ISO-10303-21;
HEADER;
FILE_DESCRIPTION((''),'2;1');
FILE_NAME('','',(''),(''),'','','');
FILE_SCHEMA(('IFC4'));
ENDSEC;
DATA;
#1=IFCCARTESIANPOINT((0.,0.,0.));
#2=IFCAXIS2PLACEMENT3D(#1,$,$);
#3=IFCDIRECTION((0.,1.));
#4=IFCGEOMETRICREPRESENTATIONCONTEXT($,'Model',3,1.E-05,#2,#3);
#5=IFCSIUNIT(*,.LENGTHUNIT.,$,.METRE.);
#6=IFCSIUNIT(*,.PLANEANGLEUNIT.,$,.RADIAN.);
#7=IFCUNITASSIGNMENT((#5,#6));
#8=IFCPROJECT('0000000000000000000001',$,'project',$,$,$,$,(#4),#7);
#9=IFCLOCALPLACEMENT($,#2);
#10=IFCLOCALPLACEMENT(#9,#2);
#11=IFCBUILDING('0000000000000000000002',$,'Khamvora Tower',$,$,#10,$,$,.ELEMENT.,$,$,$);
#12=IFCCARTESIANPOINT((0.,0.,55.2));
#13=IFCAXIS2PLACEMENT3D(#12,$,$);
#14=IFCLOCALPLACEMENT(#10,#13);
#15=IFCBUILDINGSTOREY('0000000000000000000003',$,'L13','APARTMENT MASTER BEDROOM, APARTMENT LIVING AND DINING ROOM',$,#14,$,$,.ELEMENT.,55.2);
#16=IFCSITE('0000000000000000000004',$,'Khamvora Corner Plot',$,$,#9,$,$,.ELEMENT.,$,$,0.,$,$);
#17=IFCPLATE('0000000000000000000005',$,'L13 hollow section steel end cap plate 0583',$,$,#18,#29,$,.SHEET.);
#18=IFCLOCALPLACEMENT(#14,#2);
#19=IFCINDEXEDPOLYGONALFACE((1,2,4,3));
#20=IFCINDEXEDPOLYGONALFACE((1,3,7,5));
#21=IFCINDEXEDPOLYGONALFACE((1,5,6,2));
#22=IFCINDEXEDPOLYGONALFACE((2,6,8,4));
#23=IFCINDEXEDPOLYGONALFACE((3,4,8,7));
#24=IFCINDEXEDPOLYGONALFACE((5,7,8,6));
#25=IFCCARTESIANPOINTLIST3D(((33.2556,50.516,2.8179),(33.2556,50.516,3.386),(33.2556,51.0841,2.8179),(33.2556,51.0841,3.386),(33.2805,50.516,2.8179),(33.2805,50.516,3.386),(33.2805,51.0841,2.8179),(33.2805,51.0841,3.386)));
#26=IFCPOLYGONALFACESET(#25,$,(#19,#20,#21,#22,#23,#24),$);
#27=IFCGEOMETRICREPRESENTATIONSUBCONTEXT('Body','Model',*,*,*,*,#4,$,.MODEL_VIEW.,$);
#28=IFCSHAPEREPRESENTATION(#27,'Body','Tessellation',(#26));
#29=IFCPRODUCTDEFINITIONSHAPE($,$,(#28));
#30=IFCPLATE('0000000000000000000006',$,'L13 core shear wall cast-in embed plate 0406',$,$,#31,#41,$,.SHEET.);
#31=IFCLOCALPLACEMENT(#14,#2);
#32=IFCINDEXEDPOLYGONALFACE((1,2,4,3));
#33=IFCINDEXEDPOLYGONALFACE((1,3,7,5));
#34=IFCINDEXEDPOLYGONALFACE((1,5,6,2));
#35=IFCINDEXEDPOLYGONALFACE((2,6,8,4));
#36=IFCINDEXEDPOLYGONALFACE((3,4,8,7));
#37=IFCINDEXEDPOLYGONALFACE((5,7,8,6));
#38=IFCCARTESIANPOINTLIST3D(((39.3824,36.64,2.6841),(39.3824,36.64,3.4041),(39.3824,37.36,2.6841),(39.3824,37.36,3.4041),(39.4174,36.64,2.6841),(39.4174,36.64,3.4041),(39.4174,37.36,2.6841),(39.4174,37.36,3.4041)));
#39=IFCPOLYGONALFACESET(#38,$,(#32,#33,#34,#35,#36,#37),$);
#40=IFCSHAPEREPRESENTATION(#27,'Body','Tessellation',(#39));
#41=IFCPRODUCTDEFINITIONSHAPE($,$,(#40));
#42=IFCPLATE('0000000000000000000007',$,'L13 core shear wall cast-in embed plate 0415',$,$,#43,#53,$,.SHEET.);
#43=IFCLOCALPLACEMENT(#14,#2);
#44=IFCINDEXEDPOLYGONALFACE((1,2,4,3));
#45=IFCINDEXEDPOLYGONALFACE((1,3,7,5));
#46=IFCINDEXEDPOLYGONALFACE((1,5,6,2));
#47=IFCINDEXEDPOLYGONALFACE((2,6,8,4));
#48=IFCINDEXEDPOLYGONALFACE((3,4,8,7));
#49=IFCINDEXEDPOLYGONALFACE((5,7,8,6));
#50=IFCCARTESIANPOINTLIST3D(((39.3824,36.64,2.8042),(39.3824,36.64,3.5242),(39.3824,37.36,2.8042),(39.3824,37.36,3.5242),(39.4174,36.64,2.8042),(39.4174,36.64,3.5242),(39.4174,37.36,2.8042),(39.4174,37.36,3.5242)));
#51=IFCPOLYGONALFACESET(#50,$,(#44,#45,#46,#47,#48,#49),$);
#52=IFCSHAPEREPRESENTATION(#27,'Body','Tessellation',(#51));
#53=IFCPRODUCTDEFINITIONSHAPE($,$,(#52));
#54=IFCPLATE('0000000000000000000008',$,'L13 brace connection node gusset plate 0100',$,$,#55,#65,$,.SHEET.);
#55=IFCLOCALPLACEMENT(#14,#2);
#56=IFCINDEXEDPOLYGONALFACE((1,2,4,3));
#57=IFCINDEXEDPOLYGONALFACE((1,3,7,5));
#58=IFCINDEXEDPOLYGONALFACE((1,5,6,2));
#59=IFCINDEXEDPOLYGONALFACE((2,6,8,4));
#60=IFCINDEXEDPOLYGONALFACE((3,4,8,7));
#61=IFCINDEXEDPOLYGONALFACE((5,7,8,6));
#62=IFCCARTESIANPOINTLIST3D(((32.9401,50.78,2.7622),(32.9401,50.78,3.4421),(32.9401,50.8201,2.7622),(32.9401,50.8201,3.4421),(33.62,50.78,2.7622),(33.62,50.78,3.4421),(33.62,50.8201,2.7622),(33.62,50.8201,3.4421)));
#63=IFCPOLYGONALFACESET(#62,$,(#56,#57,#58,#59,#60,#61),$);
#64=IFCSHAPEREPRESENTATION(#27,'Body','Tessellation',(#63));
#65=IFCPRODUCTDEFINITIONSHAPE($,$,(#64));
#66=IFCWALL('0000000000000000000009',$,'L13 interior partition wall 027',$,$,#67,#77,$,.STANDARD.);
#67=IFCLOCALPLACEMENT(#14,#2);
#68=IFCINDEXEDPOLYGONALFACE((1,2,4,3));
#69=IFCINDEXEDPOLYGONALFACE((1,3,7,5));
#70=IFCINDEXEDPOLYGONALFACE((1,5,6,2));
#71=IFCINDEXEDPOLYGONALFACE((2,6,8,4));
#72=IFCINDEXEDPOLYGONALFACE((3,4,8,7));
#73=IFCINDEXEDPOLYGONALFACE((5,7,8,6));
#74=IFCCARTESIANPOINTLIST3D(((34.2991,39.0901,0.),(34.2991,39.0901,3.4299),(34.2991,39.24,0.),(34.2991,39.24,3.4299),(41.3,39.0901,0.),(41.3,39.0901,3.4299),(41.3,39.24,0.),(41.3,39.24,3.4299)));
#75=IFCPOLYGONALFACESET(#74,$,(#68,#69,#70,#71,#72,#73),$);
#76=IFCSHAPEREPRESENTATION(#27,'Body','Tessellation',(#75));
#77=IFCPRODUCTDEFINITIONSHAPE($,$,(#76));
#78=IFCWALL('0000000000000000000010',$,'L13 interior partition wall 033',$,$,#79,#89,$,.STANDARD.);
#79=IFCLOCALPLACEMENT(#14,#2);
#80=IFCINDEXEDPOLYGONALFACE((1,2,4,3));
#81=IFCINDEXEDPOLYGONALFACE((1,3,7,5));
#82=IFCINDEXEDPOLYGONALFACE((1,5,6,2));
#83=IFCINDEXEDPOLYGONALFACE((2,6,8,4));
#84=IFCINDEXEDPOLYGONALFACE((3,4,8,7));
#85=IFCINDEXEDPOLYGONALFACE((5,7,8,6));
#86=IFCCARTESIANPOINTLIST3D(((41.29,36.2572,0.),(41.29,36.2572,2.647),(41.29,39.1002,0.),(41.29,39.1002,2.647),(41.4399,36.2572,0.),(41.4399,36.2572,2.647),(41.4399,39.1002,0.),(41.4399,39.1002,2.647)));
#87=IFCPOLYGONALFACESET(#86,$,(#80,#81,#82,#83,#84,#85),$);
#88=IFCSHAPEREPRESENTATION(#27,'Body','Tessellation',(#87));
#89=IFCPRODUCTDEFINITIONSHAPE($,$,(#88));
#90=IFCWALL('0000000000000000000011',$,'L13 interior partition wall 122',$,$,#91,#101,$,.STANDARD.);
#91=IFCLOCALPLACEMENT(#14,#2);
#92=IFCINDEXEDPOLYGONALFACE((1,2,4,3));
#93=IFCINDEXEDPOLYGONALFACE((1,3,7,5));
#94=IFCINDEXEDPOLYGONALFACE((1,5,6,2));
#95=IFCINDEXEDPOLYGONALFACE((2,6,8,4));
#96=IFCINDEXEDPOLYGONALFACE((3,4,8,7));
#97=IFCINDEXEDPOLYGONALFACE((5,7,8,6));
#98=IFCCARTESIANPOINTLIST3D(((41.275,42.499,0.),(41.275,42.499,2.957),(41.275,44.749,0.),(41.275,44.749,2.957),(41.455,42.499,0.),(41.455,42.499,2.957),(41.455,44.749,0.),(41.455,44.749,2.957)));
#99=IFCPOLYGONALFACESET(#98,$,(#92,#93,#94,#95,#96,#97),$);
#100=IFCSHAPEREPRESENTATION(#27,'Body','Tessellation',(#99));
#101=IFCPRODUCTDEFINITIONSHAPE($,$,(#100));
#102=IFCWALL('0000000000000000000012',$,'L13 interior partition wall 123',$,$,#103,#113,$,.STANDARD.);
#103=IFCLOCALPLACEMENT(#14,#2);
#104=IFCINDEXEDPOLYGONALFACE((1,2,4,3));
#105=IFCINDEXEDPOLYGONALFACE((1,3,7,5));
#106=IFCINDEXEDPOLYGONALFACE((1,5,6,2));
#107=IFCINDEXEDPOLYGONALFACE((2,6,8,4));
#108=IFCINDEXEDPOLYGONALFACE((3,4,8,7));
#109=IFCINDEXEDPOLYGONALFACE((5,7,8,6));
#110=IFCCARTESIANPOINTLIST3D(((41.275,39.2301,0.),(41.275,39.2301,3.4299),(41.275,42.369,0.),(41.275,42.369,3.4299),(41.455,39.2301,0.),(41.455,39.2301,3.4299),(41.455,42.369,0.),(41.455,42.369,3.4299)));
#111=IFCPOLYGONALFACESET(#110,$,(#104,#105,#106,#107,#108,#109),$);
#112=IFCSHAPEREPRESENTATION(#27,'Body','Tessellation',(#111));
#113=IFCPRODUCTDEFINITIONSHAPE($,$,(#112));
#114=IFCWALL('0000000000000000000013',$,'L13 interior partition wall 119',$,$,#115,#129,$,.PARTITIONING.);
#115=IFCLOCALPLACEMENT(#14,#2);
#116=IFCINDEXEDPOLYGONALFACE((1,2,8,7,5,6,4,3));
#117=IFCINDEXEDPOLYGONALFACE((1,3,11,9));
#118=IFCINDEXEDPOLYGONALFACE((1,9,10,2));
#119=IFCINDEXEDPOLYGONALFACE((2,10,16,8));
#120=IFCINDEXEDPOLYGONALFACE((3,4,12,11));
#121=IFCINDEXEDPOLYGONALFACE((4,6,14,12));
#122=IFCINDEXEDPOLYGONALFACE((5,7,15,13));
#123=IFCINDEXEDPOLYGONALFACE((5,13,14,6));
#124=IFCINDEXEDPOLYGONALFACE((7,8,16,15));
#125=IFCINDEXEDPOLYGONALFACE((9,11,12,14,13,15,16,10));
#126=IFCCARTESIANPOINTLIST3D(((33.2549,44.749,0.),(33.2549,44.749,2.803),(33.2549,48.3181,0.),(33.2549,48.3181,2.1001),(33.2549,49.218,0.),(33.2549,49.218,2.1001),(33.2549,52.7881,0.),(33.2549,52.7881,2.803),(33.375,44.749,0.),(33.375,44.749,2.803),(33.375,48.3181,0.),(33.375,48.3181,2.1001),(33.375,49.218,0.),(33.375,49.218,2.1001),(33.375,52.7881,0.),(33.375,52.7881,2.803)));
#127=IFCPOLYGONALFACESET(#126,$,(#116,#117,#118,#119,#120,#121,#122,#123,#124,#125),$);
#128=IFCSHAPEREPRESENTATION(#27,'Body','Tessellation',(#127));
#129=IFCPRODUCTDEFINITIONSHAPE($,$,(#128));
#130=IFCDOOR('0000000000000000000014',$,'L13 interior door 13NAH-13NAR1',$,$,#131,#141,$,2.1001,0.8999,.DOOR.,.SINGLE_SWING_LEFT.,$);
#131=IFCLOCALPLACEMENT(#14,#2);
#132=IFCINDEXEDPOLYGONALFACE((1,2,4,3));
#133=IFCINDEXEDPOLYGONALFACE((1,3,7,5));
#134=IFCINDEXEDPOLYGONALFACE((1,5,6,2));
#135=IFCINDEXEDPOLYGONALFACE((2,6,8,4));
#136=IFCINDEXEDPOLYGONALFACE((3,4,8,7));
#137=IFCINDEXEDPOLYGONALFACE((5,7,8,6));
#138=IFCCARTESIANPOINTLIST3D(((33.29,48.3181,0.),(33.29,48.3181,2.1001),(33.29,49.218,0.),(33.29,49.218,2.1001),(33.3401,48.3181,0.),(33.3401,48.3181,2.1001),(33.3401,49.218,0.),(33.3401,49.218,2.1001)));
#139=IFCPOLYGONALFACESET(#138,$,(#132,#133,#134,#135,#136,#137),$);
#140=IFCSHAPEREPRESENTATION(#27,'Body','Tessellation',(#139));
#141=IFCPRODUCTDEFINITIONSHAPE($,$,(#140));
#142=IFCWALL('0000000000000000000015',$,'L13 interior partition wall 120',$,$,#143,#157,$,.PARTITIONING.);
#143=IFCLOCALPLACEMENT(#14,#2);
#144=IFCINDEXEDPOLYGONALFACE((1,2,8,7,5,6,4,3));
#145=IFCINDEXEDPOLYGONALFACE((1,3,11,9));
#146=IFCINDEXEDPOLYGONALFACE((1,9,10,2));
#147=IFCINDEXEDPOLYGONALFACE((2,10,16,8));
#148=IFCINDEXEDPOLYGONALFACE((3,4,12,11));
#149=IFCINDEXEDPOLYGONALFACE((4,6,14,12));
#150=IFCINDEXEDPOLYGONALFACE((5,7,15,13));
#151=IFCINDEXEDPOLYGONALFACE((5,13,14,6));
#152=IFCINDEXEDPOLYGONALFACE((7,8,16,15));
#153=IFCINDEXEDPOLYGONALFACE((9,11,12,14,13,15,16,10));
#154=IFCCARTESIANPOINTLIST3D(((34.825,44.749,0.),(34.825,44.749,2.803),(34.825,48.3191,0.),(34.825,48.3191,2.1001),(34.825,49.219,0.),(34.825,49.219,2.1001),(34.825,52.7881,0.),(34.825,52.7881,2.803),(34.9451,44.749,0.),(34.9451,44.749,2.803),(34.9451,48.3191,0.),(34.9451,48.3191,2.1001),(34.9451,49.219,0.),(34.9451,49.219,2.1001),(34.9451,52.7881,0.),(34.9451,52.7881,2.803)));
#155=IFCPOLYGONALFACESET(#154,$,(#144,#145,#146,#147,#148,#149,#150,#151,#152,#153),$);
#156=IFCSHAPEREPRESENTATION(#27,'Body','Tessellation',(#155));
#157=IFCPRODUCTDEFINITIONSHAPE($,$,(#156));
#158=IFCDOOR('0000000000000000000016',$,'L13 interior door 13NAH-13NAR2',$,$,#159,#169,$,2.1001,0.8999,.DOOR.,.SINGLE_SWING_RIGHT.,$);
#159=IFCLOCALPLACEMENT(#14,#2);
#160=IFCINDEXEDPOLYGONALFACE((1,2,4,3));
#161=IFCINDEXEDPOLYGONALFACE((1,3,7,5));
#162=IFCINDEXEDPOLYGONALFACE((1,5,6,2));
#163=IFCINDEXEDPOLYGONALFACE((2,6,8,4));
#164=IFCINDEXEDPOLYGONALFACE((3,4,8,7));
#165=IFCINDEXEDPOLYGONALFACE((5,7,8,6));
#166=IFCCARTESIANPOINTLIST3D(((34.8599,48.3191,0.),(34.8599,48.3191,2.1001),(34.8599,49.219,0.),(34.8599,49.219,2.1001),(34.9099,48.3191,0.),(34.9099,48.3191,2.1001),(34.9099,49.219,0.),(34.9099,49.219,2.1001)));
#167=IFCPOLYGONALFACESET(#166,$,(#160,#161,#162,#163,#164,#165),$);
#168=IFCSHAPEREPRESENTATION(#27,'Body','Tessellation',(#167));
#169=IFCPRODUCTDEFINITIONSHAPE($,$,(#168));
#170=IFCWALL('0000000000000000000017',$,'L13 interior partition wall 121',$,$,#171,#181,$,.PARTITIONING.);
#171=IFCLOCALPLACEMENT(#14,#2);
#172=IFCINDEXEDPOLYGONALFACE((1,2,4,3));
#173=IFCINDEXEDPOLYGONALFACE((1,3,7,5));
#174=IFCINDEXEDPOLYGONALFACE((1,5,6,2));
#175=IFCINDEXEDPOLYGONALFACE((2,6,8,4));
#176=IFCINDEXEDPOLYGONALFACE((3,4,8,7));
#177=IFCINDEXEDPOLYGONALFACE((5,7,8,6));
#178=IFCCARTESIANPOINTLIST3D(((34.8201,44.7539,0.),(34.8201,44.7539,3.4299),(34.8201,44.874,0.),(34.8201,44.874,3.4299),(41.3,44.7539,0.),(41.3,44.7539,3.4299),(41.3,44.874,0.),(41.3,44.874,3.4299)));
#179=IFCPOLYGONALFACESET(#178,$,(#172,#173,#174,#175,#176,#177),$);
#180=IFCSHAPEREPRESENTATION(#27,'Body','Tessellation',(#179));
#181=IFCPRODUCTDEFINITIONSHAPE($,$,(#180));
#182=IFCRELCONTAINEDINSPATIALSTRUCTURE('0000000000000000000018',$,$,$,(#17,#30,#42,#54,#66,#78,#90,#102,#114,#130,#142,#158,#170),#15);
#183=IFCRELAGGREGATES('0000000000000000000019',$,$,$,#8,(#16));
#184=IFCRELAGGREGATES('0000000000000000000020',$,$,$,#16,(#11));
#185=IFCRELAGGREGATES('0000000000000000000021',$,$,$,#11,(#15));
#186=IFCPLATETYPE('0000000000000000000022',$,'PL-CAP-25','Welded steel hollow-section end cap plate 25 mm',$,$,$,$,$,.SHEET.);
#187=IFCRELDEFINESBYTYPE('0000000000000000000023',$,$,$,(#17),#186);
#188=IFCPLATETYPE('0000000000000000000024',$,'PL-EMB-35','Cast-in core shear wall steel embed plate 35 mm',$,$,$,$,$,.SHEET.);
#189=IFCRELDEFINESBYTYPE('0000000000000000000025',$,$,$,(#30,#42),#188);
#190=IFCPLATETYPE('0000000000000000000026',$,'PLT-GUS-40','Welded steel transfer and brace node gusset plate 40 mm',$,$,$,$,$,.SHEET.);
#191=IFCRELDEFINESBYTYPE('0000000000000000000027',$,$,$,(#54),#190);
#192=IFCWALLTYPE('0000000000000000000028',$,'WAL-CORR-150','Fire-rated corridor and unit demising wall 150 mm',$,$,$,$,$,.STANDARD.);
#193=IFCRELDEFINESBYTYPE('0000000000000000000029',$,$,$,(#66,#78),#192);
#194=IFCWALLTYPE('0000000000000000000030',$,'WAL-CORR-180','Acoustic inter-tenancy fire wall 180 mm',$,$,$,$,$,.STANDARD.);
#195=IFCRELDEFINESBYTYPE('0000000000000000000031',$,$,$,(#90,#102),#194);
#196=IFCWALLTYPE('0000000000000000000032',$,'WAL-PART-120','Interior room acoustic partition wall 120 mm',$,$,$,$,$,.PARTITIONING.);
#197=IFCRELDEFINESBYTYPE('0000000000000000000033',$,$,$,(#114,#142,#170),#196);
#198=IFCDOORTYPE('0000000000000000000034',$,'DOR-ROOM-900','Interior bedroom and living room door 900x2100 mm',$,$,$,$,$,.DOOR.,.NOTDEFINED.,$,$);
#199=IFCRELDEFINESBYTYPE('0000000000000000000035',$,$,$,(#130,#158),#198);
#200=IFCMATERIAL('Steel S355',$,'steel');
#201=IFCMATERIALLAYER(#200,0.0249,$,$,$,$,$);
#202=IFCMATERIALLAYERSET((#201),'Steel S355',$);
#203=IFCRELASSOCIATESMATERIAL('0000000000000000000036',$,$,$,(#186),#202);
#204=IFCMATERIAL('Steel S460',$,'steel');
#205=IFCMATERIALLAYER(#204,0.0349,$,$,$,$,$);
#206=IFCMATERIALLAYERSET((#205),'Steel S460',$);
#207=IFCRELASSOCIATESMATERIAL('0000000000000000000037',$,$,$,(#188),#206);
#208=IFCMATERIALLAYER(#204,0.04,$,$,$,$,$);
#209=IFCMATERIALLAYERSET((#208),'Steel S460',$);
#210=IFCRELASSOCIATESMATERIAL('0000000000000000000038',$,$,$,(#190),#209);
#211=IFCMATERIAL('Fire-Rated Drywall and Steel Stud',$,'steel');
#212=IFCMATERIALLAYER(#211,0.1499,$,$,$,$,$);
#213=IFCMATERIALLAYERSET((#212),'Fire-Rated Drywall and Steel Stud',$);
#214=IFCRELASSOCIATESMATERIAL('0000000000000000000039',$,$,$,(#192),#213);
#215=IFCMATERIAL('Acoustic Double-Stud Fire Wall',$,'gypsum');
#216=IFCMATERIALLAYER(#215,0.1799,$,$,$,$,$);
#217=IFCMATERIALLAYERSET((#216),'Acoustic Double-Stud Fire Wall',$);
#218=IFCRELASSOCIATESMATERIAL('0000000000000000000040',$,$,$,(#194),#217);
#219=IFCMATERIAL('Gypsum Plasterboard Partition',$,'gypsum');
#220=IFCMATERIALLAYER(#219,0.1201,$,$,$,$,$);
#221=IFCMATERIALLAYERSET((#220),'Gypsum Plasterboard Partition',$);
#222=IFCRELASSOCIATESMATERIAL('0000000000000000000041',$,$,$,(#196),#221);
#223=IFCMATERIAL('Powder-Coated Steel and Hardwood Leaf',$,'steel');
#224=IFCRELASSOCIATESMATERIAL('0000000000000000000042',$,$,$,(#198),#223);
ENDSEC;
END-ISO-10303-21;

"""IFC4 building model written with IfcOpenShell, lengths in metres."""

from ifc_helpers import new_model, si_unit, direction, frame, frame_2d, origin, origin_2d, place, context, subcontext, project, spatial, rectangle, extrude, material, layer, layer_set, type_object, element, fill, save


model = new_model("IFC4")

# Units and contexts
model_context = context("Model", 3, precision=1e-05, world=origin(), true_north=direction((0.0, 1.0)))
body_context = subcontext(model_context, "Body", "Model", "MODEL_VIEW")
ifc_project = project(units=[si_unit("LENGTHUNIT", "METRE"), si_unit("PLANEANGLEUNIT", "RADIAN")], contexts=[model_context])

# Site, building, storey
site_placement = place(None, origin())
site = spatial("IfcSite", under=ifc_project, at=site_placement, Name="Khamvora Corner Plot", CompositionType="ELEMENT", RefElevation=0.0)
building_placement = place(site_placement, origin())
building = spatial("IfcBuilding", under=site, at=building_placement, Name="Khamvora Tower", CompositionType="ELEMENT")
storey_placement = place(building_placement, frame((0.0, 0.0, 55.2)))
storey = spatial("IfcBuildingStorey", under=building, at=storey_placement, Name="L13", Description="APARTMENT MASTER BEDROOM, APARTMENT LIVING AND DINING ROOM", CompositionType="ELEMENT", Elevation=55.2)

# Shared definitions
ifc_material_1 = material(Name="Steel S460", Category="steel")

# Shared definitions
ifc_material_2 = material(Name="Steel S355", Category="steel")

# Plates
ifc_layer_1 = layer(ifc_material_2, 0.0249)
ifc_layer_set_1 = layer_set([ifc_layer_1], Name="Steel S355")
plate_type_1 = type_object("IfcPlateType", Name="PL-CAP-25", Description="Welded steel hollow-section end cap plate 25 mm", PredefinedType="SHEET", material=ifc_layer_set_1)
plate_1_placement = place(storey_placement, frame((33.2681, 50.8, 2.8179), z_axis=(0.0, 0.0, 1.0), x_axis=(-1.0, 0.0, 0.0)))
element("IfcPlate", 1, at=plate_1_placement, inside=storey, type_object=plate_type_1, Name="L13 hollow section steel end cap plate 0583", PredefinedType="SHEET", context=body_context, shape_type="SweptSolid", body=[
    extrude(rectangle(XDim=0.0249, YDim=0.5681, at=origin_2d()), origin(), (0.0, 0.0, 1.0), 0.5681),
])
ifc_layer_2 = layer(ifc_material_1, 0.0349)
ifc_layer_set_2 = layer_set([ifc_layer_2], Name="Steel S460")
plate_type_2 = type_object("IfcPlateType", Name="PL-EMB-35", Description="Cast-in core shear wall steel embed plate 35 mm", PredefinedType="SHEET", material=ifc_layer_set_2)
for number, where, z_axis, x_axis, name in (
    (2, (39.3999, 37.0, 2.6841), (0.0, 0.0, 1.0), (1.0, 0.0, 0.0), "L13 core shear wall cast-in embed plate 0406"),
    (3, (39.3999, 37.0, 2.8042), (0.0, 0.0, 1.0), (1.0, 0.0, 0.0), "L13 core shear wall cast-in embed plate 0415"),
):
    element("IfcPlate", number, at=place(storey_placement, frame(where, z_axis=z_axis, x_axis=x_axis)), inside=storey, type_object=plate_type_2, Name=name, PredefinedType="SHEET", context=body_context, shape_type="SweptSolid", body=[
        extrude(rectangle(XDim=0.0349, YDim=0.72, at=origin_2d()), origin(), (0.0, 0.0, 1.0), 0.72),
    ])
ifc_layer_3 = layer(ifc_material_1, 0.04)
ifc_layer_set_3 = layer_set([ifc_layer_3], Name="Steel S460")
plate_type_3 = type_object("IfcPlateType", Name="PLT-GUS-40", Description="Welded steel transfer and brace node gusset plate 40 mm", PredefinedType="SHEET", material=ifc_layer_set_3)
plate_2_placement = place(storey_placement, frame((33.28, 50.8, 2.7622), z_axis=(0.0, 0.0, 1.0), x_axis=(1.0, 0.0, 0.0)))
element("IfcPlate", 4, at=plate_2_placement, inside=storey, type_object=plate_type_3, Name="L13 brace connection node gusset plate 0100", PredefinedType="SHEET", context=body_context, shape_type="SweptSolid", body=[
    extrude(rectangle(XDim=0.6799, YDim=0.04, at=origin_2d()), origin(), (0.0, 0.0, 1.0), 0.6799),
])

# Shared definitions
ifc_material_3 = material(Name="Fire-Rated Drywall and Steel Stud", Category="steel")
ifc_layer_4 = layer(ifc_material_3, 0.1499)
ifc_layer_set_4 = layer_set([ifc_layer_4], Name="Fire-Rated Drywall and Steel Stud")
wall_type_1 = type_object("IfcWallType", Name="WAL-CORR-150", Description="Fire-rated corridor and unit demising wall 150 mm", PredefinedType="STANDARD", material=ifc_layer_set_4)
ifc_material_4 = material(Name="Powder-Coated Steel and Hardwood Leaf", Category="steel")

# Walls
wall_1_placement = place(storey_placement, frame((34.2991, 39.165, 0.0), z_axis=(0.0, 0.0, 1.0), x_axis=(1.0, 0.0, 0.0)))
element("IfcWall", 5, at=wall_1_placement, inside=storey, type_object=wall_type_1, Name="L13 interior partition wall 027", PredefinedType="STANDARD", context=body_context, shape_type="SweptSolid", body=[
    extrude(rectangle(XDim=7.001, YDim=0.1499, at=frame_2d((3.5005, 0.0))), origin(), (0.0, 0.0, 1.0), 3.4299),
])
wall_2_placement = place(storey_placement, frame((41.365, 39.1001, 0.0), z_axis=(0.0, 0.0, 1.0), x_axis=(0.0, -1.0, 0.0)))
element("IfcWall", 6, at=wall_2_placement, inside=storey, type_object=wall_type_1, Name="L13 interior partition wall 033", PredefinedType="STANDARD", context=body_context, shape_type="SweptSolid", body=[
    extrude(rectangle(XDim=2.843, YDim=0.1499, at=frame_2d((1.4214, 0.0))), origin(), (0.0, 0.0, 1.0), 2.647),
])
ifc_material_5 = material(Name="Acoustic Double-Stud Fire Wall", Category="gypsum")
ifc_layer_5 = layer(ifc_material_5, 0.1799)
ifc_layer_set_5 = layer_set([ifc_layer_5], Name="Acoustic Double-Stud Fire Wall")
wall_type_2 = type_object("IfcWallType", Name="WAL-CORR-180", Description="Acoustic inter-tenancy fire wall 180 mm", PredefinedType="STANDARD", material=ifc_layer_set_5)
wall_3_placement = place(storey_placement, frame((41.365, 44.749, 0.0), z_axis=(0.0, 0.0, 1.0), x_axis=(0.0, -1.0, 0.0)))
element("IfcWall", 7, at=wall_3_placement, inside=storey, type_object=wall_type_2, Name="L13 interior partition wall 122", PredefinedType="STANDARD", context=body_context, shape_type="SweptSolid", body=[
    extrude(rectangle(XDim=2.25, YDim=0.1799, at=frame_2d((1.125, 0.0))), origin(), (0.0, 0.0, 1.0), 2.957),
])
wall_4_placement = place(storey_placement, frame((41.365, 42.3689, 0.0), z_axis=(0.0, 0.0, 1.0), x_axis=(0.0, -1.0, 0.0)))
element("IfcWall", 8, at=wall_4_placement, inside=storey, type_object=wall_type_2, Name="L13 interior partition wall 123", PredefinedType="STANDARD", context=body_context, shape_type="SweptSolid", body=[
    extrude(rectangle(XDim=3.1389, YDim=0.1799, at=frame_2d((1.5693, 0.0))), origin(), (0.0, 0.0, 1.0), 3.4299),
])

# Walls, openings, doors
ifc_material_6 = material(Name="Gypsum Plasterboard Partition", Category="gypsum")
ifc_layer_6 = layer(ifc_material_6, 0.1201)
ifc_layer_set_6 = layer_set([ifc_layer_6], Name="Gypsum Plasterboard Partition")
wall_type_3 = type_object("IfcWallType", Name="WAL-PART-120", Description="Interior room acoustic partition wall 120 mm", PredefinedType="PARTITIONING", material=ifc_layer_set_6)
wall_5_placement = place(storey_placement, frame((33.3149, 44.749, 0.0), z_axis=(0.0, 0.0, 1.0), x_axis=(0.0, 1.0, 0.0)))
wall_5 = element("IfcWall", 9, at=wall_5_placement, inside=storey, type_object=wall_type_3, Name="L13 interior partition wall 119", PredefinedType="PARTITIONING", context=body_context, shape_type="SweptSolid", body=[
    extrude(rectangle(XDim=8.0391, YDim=0.1201, at=frame_2d((4.0195, 0.0))), origin(), (0.0, 0.0, 1.0), 2.803),
])
opening_1_placement = place(wall_5_placement, frame((3.5691, 0.0, 0.0)))
opening_1 = element("IfcOpeningElement", 10, at=opening_1_placement, cuts=wall_5, PredefinedType="OPENING", context=body_context, shape_type="SweptSolid", body=[
    extrude(rectangle(XDim=0.8999, YDim=2.1001, at=frame_2d((0.45, 1.05))), frame((0.0, 0.0701, 0.0), z_axis=(0.0, -1.0, 0.0), x_axis=(1.0, 0.0, 0.0)), (0.0, 0.0, 1.0), 0.1401),
])
door_type_1 = type_object("IfcDoorType", Name="DOR-ROOM-900", Description="Interior bedroom and living room door 900x2100 mm", OperationType="NOTDEFINED", PredefinedType="DOOR", material=ifc_material_4)
door_1_placement = place(opening_1_placement, origin())
door_1 = element("IfcDoor", 11, at=door_1_placement, inside=storey, type_object=door_type_1, Name="L13 interior door 13NAH-13NAR1", OperationType="SINGLE_SWING_LEFT", OverallHeight=2.1001, OverallWidth=0.8999, PredefinedType="DOOR", context=body_context, shape_type="SweptSolid", body=[
    extrude(rectangle(XDim=0.8999, YDim=2.1001, at=frame_2d((0.45, 1.05))), frame((0.0, 0.0249, 0.0), z_axis=(0.0, -1.0, 0.0), x_axis=(1.0, 0.0, 0.0)), (0.0, 0.0, 1.0), 0.05),
])
fill(opening_1, door_1)
wall_6_placement = place(storey_placement, frame((34.885, 52.7881, 0.0), z_axis=(0.0, 0.0, 1.0), x_axis=(0.0, -1.0, 0.0)))
wall_6 = element("IfcWall", 12, at=wall_6_placement, inside=storey, type_object=wall_type_3, Name="L13 interior partition wall 120", PredefinedType="PARTITIONING", context=body_context, shape_type="SweptSolid", body=[
    extrude(rectangle(XDim=8.0391, YDim=0.1201, at=frame_2d((4.0195, 0.0))), origin(), (0.0, 0.0, 1.0), 2.803),
])
opening_2_placement = place(wall_6_placement, frame((3.5691, 0.0, 0.0)))
opening_2 = element("IfcOpeningElement", 13, at=opening_2_placement, cuts=wall_6, PredefinedType="OPENING", context=body_context, shape_type="SweptSolid", body=[
    extrude(rectangle(XDim=0.8999, YDim=2.1001, at=frame_2d((0.45, 1.05))), frame((0.0, 0.0701, 0.0), z_axis=(0.0, -1.0, 0.0), x_axis=(1.0, 0.0, 0.0)), (0.0, 0.0, 1.0), 0.1401),
])
door_2_placement = place(opening_2_placement, origin())
door_2 = element("IfcDoor", 14, at=door_2_placement, inside=storey, type_object=door_type_1, Name="L13 interior door 13NAH-13NAR2", OperationType="SINGLE_SWING_RIGHT", OverallHeight=2.1001, OverallWidth=0.8999, PredefinedType="DOOR", context=body_context, shape_type="SweptSolid", body=[
    extrude(rectangle(XDim=0.8999, YDim=2.1001, at=frame_2d((0.45, 1.05))), frame((0.0, 0.0249, 0.0), z_axis=(0.0, -1.0, 0.0), x_axis=(1.0, 0.0, 0.0)), (0.0, 0.0, 1.0), 0.05),
])
fill(opening_2, door_2)

# Wall
wall_7_placement = place(storey_placement, frame((34.8201, 44.814, 0.0), z_axis=(0.0, 0.0, 1.0), x_axis=(1.0, 0.0, 0.0)))
element("IfcWall", 15, at=wall_7_placement, inside=storey, type_object=wall_type_3, Name="L13 interior partition wall 121", PredefinedType="PARTITIONING", context=body_context, shape_type="SweptSolid", body=[
    extrude(rectangle(XDim=6.48, YDim=0.1201, at=frame_2d((3.24, 0.0))), origin(), (0.0, 0.0, 1.0), 3.4299),
])

save(model, "model.ifc")
